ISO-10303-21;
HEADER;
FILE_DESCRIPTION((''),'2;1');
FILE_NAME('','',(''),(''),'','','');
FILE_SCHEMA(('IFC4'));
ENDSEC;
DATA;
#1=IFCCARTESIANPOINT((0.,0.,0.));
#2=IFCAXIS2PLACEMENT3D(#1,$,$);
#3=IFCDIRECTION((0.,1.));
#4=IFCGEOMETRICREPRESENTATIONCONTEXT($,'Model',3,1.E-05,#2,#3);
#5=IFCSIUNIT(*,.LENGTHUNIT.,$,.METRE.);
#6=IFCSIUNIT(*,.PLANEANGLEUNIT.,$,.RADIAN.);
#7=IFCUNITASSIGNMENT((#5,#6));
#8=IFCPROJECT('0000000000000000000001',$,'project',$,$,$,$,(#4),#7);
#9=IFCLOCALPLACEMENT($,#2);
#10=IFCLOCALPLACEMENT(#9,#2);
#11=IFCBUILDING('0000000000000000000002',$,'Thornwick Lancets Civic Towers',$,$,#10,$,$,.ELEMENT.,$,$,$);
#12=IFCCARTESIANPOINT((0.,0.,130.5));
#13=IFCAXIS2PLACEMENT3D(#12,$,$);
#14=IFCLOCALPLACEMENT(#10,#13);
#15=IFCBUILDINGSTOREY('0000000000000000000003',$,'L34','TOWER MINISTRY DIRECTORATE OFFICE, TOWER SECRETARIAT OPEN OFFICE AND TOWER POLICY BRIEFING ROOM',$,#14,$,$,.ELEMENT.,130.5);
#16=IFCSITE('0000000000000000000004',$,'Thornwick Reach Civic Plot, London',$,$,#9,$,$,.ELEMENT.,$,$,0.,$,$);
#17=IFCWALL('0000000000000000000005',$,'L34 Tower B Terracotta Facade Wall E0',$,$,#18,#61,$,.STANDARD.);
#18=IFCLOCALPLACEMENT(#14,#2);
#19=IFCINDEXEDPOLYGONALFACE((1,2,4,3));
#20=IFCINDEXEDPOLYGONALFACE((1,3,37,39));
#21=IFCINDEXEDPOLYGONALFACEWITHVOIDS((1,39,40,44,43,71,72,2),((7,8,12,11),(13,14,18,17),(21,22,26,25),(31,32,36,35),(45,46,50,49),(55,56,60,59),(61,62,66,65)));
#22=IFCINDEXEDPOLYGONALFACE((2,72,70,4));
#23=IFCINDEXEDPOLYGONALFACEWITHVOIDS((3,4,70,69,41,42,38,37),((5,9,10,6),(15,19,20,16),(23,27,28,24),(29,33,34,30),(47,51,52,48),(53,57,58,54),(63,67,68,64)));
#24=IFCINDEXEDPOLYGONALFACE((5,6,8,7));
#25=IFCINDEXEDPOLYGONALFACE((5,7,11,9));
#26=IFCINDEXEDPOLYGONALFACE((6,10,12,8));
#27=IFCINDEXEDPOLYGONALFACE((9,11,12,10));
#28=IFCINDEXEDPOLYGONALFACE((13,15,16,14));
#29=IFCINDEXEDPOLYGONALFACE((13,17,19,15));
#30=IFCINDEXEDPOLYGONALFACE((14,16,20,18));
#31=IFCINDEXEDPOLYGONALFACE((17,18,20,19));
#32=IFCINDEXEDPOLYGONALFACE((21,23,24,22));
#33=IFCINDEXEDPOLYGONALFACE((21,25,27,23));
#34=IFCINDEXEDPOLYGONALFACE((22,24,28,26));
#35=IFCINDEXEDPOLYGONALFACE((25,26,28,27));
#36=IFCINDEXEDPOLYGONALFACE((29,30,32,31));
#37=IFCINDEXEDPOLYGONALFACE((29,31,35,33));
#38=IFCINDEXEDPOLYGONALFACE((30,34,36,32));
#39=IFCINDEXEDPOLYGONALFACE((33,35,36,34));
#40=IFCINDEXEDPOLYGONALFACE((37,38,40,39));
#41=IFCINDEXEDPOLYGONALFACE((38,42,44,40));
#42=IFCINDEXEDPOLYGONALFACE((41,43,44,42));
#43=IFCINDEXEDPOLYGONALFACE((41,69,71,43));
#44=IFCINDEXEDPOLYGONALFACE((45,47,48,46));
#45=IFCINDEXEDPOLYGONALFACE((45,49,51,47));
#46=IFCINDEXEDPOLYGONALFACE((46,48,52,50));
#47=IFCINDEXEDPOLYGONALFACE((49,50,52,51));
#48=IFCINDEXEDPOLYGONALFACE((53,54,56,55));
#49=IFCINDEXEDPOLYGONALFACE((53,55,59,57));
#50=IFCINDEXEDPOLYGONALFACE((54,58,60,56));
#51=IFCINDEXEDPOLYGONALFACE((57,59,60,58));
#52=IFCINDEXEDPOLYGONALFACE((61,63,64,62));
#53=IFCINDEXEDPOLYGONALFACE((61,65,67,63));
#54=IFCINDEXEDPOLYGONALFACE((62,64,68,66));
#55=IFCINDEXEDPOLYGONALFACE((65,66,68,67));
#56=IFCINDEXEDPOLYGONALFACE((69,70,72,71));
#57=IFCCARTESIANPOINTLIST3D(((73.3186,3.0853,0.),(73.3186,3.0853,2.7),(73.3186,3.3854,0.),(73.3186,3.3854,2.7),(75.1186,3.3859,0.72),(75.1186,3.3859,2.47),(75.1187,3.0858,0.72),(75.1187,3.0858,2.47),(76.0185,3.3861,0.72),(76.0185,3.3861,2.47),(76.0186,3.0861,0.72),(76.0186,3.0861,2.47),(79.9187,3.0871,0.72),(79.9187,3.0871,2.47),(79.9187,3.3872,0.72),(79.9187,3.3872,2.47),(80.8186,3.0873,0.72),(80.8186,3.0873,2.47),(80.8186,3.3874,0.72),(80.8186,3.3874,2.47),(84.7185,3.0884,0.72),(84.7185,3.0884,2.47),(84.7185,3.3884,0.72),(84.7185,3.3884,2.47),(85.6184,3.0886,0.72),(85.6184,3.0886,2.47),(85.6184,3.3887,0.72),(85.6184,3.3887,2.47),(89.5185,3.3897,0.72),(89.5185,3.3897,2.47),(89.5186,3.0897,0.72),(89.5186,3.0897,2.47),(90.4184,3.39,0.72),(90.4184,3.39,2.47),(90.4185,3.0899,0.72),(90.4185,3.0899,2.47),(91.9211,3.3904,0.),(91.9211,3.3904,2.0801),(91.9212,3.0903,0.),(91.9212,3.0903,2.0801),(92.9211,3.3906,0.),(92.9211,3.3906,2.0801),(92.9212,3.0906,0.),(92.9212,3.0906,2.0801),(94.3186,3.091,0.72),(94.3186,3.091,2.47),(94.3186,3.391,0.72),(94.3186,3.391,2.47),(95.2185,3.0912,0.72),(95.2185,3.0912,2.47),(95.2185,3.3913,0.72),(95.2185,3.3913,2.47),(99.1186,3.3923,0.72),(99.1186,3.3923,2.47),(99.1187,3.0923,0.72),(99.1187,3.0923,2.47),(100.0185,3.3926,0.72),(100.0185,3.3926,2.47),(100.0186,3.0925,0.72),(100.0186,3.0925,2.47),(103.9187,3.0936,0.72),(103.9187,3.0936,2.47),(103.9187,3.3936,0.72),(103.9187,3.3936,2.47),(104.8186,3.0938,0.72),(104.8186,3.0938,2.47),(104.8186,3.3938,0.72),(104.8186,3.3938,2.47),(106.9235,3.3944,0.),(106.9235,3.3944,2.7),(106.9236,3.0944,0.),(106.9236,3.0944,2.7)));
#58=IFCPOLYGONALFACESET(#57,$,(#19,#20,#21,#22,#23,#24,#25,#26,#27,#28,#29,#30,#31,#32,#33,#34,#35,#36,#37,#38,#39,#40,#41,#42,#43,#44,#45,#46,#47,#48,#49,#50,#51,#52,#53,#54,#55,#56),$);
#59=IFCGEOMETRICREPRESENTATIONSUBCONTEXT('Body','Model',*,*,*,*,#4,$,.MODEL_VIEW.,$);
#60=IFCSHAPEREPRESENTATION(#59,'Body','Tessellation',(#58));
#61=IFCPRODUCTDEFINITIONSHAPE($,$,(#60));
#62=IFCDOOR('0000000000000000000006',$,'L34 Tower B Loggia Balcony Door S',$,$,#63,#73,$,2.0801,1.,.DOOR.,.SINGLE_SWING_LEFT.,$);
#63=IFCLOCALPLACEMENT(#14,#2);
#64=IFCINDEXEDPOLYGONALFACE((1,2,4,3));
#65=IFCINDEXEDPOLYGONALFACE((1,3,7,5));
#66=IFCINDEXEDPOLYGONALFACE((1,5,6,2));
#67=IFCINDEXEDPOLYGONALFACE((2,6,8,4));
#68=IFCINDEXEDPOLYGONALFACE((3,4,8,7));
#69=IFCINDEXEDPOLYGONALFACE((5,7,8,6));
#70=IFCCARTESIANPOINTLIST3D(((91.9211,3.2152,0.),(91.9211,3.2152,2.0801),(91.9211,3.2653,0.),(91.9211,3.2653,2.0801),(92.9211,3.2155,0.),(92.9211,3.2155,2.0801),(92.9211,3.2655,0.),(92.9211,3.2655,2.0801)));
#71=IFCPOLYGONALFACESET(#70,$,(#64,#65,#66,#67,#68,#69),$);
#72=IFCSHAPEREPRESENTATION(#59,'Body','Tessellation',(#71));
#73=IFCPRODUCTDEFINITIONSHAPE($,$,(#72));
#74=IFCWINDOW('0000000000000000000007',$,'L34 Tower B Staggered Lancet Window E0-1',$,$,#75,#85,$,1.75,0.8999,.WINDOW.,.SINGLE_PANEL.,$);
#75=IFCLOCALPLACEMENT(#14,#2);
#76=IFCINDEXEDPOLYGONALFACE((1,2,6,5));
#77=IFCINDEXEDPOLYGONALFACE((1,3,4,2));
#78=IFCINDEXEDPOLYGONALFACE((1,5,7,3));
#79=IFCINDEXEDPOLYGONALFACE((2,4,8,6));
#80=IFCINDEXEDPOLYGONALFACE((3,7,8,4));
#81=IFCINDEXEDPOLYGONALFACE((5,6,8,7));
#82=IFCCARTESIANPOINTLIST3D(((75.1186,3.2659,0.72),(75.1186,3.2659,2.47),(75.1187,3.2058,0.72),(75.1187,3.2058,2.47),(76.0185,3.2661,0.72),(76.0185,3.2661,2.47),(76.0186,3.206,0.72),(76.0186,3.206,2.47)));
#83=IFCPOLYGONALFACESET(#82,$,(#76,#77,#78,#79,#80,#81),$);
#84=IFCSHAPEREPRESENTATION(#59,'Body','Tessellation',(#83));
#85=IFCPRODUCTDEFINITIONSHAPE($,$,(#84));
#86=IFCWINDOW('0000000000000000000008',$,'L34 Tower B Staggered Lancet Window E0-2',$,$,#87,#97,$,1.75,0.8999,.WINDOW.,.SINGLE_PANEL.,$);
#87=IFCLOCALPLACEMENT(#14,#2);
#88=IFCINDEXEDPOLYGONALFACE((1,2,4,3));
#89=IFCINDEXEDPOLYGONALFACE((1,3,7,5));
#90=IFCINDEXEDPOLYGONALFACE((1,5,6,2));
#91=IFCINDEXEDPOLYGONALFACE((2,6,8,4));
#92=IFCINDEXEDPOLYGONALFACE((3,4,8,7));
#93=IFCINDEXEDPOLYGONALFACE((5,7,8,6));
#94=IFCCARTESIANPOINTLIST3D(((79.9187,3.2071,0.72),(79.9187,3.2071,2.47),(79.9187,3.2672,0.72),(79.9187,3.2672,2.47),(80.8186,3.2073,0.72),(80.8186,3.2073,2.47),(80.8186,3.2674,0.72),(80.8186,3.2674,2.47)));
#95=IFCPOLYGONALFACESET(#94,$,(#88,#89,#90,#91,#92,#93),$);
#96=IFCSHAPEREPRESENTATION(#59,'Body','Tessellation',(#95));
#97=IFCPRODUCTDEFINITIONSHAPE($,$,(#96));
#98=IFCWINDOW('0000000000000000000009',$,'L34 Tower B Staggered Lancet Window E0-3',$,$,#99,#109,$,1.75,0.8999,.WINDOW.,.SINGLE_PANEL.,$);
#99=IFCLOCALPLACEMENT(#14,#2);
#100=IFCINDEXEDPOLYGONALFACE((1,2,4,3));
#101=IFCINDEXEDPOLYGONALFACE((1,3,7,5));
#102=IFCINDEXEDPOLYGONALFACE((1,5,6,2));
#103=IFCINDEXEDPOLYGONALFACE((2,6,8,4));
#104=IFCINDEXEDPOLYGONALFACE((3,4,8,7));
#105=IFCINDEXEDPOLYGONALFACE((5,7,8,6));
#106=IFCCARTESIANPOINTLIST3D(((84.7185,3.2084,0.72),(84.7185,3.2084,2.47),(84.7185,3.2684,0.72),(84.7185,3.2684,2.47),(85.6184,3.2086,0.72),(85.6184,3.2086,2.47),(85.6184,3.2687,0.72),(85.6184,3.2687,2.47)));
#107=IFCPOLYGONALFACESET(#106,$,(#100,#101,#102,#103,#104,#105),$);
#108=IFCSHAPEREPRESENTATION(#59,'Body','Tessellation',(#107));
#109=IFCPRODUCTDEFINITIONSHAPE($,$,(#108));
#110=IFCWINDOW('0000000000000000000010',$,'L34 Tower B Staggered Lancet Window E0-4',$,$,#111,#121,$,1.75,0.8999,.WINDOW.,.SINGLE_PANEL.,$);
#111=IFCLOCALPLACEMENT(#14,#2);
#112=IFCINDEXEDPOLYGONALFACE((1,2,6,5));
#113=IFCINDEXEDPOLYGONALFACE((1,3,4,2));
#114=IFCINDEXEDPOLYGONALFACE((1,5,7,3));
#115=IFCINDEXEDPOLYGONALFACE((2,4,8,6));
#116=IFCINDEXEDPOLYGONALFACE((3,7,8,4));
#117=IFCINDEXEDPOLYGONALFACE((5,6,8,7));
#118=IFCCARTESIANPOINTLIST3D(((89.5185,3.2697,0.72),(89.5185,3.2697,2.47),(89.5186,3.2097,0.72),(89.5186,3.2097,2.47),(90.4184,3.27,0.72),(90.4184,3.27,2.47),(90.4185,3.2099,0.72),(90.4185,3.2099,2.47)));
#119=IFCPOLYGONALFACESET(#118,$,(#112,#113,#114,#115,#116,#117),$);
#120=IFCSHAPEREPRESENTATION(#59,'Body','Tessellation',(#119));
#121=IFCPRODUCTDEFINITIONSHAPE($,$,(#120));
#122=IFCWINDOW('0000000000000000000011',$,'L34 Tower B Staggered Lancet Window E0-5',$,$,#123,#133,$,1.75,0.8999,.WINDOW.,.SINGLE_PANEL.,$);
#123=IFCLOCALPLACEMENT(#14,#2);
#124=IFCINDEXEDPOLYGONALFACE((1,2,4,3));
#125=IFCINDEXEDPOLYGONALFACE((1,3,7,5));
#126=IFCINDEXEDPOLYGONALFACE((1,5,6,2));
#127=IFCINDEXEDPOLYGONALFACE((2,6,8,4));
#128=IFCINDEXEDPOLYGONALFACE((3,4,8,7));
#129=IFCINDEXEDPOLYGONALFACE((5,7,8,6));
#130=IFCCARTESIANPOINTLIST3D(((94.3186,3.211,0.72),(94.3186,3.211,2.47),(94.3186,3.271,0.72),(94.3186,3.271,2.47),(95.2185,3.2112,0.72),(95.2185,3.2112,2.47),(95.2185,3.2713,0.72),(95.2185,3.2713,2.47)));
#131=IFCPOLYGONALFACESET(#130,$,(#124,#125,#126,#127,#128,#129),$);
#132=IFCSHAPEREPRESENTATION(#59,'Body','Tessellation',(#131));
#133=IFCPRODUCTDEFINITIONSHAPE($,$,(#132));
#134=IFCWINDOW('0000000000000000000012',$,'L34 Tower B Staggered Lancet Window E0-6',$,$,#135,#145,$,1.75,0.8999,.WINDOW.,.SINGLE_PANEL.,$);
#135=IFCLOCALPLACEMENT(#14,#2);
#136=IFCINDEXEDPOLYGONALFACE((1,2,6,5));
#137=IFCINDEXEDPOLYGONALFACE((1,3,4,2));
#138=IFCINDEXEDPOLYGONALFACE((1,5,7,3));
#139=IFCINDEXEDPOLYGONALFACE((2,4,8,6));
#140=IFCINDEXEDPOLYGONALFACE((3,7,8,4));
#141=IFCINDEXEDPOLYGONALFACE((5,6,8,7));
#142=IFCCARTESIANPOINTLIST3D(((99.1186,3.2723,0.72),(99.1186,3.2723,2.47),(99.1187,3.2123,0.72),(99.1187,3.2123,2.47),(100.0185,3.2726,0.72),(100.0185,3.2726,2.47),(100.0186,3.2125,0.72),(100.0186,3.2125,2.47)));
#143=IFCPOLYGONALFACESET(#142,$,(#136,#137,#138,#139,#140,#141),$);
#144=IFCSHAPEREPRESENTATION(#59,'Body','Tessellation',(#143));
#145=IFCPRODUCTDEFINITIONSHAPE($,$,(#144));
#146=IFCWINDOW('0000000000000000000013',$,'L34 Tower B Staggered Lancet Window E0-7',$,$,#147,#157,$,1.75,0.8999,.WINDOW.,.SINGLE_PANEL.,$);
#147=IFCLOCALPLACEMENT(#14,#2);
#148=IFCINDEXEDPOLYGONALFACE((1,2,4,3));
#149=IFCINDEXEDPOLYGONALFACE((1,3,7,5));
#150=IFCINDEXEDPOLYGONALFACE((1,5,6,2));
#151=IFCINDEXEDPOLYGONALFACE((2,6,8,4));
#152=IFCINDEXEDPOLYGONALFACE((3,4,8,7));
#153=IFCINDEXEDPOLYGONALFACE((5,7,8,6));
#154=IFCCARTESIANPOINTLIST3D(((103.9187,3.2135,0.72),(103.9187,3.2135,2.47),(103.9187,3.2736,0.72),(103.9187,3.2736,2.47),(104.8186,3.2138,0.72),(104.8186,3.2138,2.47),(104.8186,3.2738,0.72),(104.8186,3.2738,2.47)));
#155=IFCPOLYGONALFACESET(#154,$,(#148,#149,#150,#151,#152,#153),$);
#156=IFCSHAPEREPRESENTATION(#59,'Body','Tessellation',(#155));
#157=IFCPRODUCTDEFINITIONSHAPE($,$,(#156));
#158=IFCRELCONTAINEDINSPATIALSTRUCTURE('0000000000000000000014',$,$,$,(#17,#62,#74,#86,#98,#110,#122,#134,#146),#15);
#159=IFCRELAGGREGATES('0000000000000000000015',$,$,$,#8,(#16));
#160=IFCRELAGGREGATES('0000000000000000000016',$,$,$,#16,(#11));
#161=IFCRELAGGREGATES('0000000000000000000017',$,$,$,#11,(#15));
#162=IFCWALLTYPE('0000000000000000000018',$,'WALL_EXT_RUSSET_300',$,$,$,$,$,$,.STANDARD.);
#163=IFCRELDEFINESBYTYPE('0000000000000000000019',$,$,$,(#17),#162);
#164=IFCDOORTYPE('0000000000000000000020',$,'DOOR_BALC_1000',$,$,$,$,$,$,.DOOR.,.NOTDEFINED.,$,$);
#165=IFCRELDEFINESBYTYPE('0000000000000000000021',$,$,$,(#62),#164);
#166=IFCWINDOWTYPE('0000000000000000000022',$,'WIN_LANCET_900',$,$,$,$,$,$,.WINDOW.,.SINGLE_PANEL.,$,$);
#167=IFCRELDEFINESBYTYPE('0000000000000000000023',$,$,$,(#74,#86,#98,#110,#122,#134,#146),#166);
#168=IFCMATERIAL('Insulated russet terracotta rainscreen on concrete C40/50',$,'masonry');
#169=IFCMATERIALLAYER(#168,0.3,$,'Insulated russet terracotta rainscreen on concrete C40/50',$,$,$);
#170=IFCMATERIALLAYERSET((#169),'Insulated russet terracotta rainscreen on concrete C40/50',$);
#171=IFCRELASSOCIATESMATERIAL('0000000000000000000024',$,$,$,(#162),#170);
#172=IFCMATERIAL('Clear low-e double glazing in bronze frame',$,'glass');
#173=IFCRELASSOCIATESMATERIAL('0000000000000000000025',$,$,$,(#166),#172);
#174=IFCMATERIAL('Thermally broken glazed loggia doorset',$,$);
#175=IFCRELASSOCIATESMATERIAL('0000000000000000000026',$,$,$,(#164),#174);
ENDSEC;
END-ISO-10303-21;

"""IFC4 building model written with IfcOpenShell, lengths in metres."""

from ifc_helpers import new_model, si_unit, direction, frame, frame_2d, origin, place, context, subcontext, project, spatial, rectangle, extrude, material, layer, layer_set, type_object, element, fill, save


model = new_model("IFC4")

# Units and contexts
model_context = context("Model", 3, precision=1e-05, world=origin(), true_north=direction((0.0, 1.0)))
body_context = subcontext(model_context, "Body", "Model", "MODEL_VIEW")
ifc_project = project(units=[si_unit("LENGTHUNIT", "METRE"), si_unit("PLANEANGLEUNIT", "RADIAN")], contexts=[model_context])

# Site, building, storey
site_placement = place(None, origin())
site = spatial("IfcSite", under=ifc_project, at=site_placement, Name="Thornwick Reach Civic Plot, London", CompositionType="ELEMENT", RefElevation=0.0)
building_placement = place(site_placement, origin())
building = spatial("IfcBuilding", under=site, at=building_placement, Name="Thornwick Lancets Civic Towers", CompositionType="ELEMENT")
storey_placement = place(building_placement, frame((0.0, 0.0, 130.5)))
storey = spatial("IfcBuildingStorey", under=building, at=storey_placement, Name="L34", Description="TOWER MINISTRY DIRECTORATE OFFICE, TOWER SECRETARIAT OPEN OFFICE AND TOWER POLICY BRIEFING ROOM", CompositionType="ELEMENT", Elevation=130.5)

# Shared definitions
ifc_material_1 = material(Name="Insulated russet terracotta rainscreen on concrete C40/50", Category="masonry")
ifc_layer_1 = layer(ifc_material_1, 0.3, Name="Insulated russet terracotta rainscreen on concrete C40/50")
ifc_layer_set_1 = layer_set([ifc_layer_1], Name="Insulated russet terracotta rainscreen on concrete C40/50")
wall_type_1 = type_object("IfcWallType", Name="WALL_EXT_RUSSET_300", PredefinedType="STANDARD", material=ifc_layer_set_1)
ifc_material_2 = material(Name="Clear low-e double glazing in bronze frame", Category="glass")
window_type = type_object("IfcWindowType", Name="WIN_LANCET_900", PartitioningType="SINGLE_PANEL", PredefinedType="WINDOW", material=ifc_material_2)

# Wall, openings, door, windows
wall_1_placement = place(storey_placement, frame((73.3186, 3.2354, 0.0), z_axis=(0.0, 0.0, 1.0), x_axis=(1.0, 0.000269, 0.0)))
wall_1 = element("IfcWall", 1, at=wall_1_placement, inside=storey, type_object=wall_type_1, Name="L34 Tower B Terracotta Facade Wall E0", PredefinedType="STANDARD", context=body_context, shape_type="SweptSolid", body=[
    extrude(rectangle(XDim=33.605, YDim=0.3, at=frame_2d((16.8025, 0.0))), origin(), (0.0, 0.0, 1.0), 2.7),
])
opening_1_placement = place(wall_1_placement, frame((18.6025, 0.0, 0.0)))
opening_1 = element("IfcOpeningElement", 2, at=opening_1_placement, cuts=wall_1, PredefinedType="OPENING", context=body_context, shape_type="SweptSolid", body=[
    extrude(rectangle(XDim=1.0, YDim=2.0801, at=frame_2d((0.5, 1.04))), frame((0.0, 0.1602, 0.0), z_axis=(0.0, -1.0, 0.0), x_axis=(1.0, 0.0, 0.0)), (0.0, 0.0, 1.0), 0.3201),
])
opening_2_placement = place(wall_1_placement, frame((1.8, 0.0, 0.72)))
opening_2 = element("IfcOpeningElement", 3, at=opening_2_placement, cuts=wall_1, PredefinedType="OPENING", context=body_context, shape_type="SweptSolid", body=[
    extrude(rectangle(XDim=0.8999, YDim=1.75, at=frame_2d((0.45, 0.875))), frame((0.0, 0.1602, 0.0), z_axis=(0.0, -1.0, 0.0), x_axis=(1.0, 0.0, 0.0)), (0.0, 0.0, 1.0), 0.3201),
])
opening_3_placement = place(wall_1_placement, frame((6.6001, 0.0, 0.72)))
opening_3 = element("IfcOpeningElement", 4, at=opening_3_placement, cuts=wall_1, PredefinedType="OPENING", context=body_context, shape_type="SweptSolid", body=[
    extrude(rectangle(XDim=0.8999, YDim=1.75, at=frame_2d((0.45, 0.875))), frame((0.0, 0.1602, 0.0), z_axis=(0.0, -1.0, 0.0), x_axis=(1.0, 0.0, 0.0)), (0.0, 0.0, 1.0), 0.3201),
])
opening_4_placement = place(wall_1_placement, frame((11.3999, 0.0, 0.72)))
opening_4 = element("IfcOpeningElement", 5, at=opening_4_placement, cuts=wall_1, PredefinedType="OPENING", context=body_context, shape_type="SweptSolid", body=[
    extrude(rectangle(XDim=0.8999, YDim=1.75, at=frame_2d((0.45, 0.875))), frame((0.0, 0.1602, 0.0), z_axis=(0.0, -1.0, 0.0), x_axis=(1.0, 0.0, 0.0)), (0.0, 0.0, 1.0), 0.3201),
])
opening_5_placement = place(wall_1_placement, frame((16.2, 0.0, 0.72)))
opening_5 = element("IfcOpeningElement", 6, at=opening_5_placement, cuts=wall_1, PredefinedType="OPENING", context=body_context, shape_type="SweptSolid", body=[
    extrude(rectangle(XDim=0.8999, YDim=1.75, at=frame_2d((0.45, 0.875))), frame((0.0, 0.1602, 0.0), z_axis=(0.0, -1.0, 0.0), x_axis=(1.0, 0.0, 0.0)), (0.0, 0.0, 1.0), 0.3201),
])
opening_6_placement = place(wall_1_placement, frame((21.0, 0.0, 0.72)))
opening_6 = element("IfcOpeningElement", 7, at=opening_6_placement, cuts=wall_1, PredefinedType="OPENING", context=body_context, shape_type="SweptSolid", body=[
    extrude(rectangle(XDim=0.8999, YDim=1.75, at=frame_2d((0.45, 0.875))), frame((0.0, 0.1602, 0.0), z_axis=(0.0, -1.0, 0.0), x_axis=(1.0, 0.0, 0.0)), (0.0, 0.0, 1.0), 0.3201),
])
opening_7_placement = place(wall_1_placement, frame((25.8, 0.0, 0.72)))
opening_7 = element("IfcOpeningElement", 8, at=opening_7_placement, cuts=wall_1, PredefinedType="OPENING", context=body_context, shape_type="SweptSolid", body=[
    extrude(rectangle(XDim=0.8999, YDim=1.75, at=frame_2d((0.45, 0.875))), frame((0.0, 0.1602, 0.0), z_axis=(0.0, -1.0, 0.0), x_axis=(1.0, 0.0, 0.0)), (0.0, 0.0, 1.0), 0.3201),
])
opening_8_placement = place(wall_1_placement, frame((30.6001, 0.0, 0.72)))
opening_8 = element("IfcOpeningElement", 9, at=opening_8_placement, cuts=wall_1, PredefinedType="OPENING", context=body_context, shape_type="SweptSolid", body=[
    extrude(rectangle(XDim=0.8999, YDim=1.75, at=frame_2d((0.45, 0.875))), frame((0.0, 0.1602, 0.0), z_axis=(0.0, -1.0, 0.0), x_axis=(1.0, 0.0, 0.0)), (0.0, 0.0, 1.0), 0.3201),
])
ifc_material_3 = material(Name="Thermally broken glazed loggia doorset")
door_type = type_object("IfcDoorType", Name="DOOR_BALC_1000", OperationType="NOTDEFINED", PredefinedType="DOOR", material=ifc_material_3)
door_placement = place(opening_1_placement, origin())
door = element("IfcDoor", 10, at=door_placement, inside=storey, type_object=door_type, Name="L34 Tower B Loggia Balcony Door S", OperationType="SINGLE_SWING_LEFT", OverallHeight=2.0801, OverallWidth=1.0, PredefinedType="DOOR", context=body_context, shape_type="SweptSolid", body=[
    extrude(rectangle(XDim=1.0, YDim=2.0801, at=frame_2d((0.5, 1.04))), frame((0.0, 0.0249, 0.0), z_axis=(0.0, -1.0, 0.0), x_axis=(1.0, 0.0, 0.0)), (0.0, 0.0, 1.0), 0.05),
])
fill(opening_1, door)
window_1_placement = place(opening_2_placement, origin())
window_1 = element("IfcWindow", 11, at=window_1_placement, inside=storey, type_object=window_type, Name="L34 Tower B Staggered Lancet Window E0-1", OverallHeight=1.75, OverallWidth=0.8999, PartitioningType="SINGLE_PANEL", PredefinedType="WINDOW", context=body_context, shape_type="SweptSolid", body=[
    extrude(rectangle(XDim=0.8999, YDim=1.75, at=frame_2d((0.45, 0.875))), frame((0.0, 0.03, 0.0), z_axis=(0.0, -1.0, 0.0), x_axis=(1.0, 0.0, 0.0)), (0.0, 0.0, 1.0), 0.0601),
])
fill(opening_2, window_1)
window_2_placement = place(opening_3_placement, origin())
window_2 = element("IfcWindow", 12, at=window_2_placement, inside=storey, type_object=window_type, Name="L34 Tower B Staggered Lancet Window E0-2", OverallHeight=1.75, OverallWidth=0.8999, PartitioningType="SINGLE_PANEL", PredefinedType="WINDOW", context=body_context, shape_type="SweptSolid", body=[
    extrude(rectangle(XDim=0.8999, YDim=1.75, at=frame_2d((0.45, 0.875))), frame((0.0, 0.03, 0.0), z_axis=(0.0, -1.0, 0.0), x_axis=(1.0, 0.0, 0.0)), (0.0, 0.0, 1.0), 0.0601),
])
fill(opening_3, window_2)
window_3_placement = place(opening_4_placement, origin())
window_3 = element("IfcWindow", 13, at=window_3_placement, inside=storey, type_object=window_type, Name="L34 Tower B Staggered Lancet Window E0-3", OverallHeight=1.75, OverallWidth=0.8999, PartitioningType="SINGLE_PANEL", PredefinedType="WINDOW", context=body_context, shape_type="SweptSolid", body=[
    extrude(rectangle(XDim=0.8999, YDim=1.75, at=frame_2d((0.45, 0.875))), frame((0.0, 0.03, 0.0), z_axis=(0.0, -1.0, 0.0), x_axis=(1.0, 0.0, 0.0)), (0.0, 0.0, 1.0), 0.0601),
])
fill(opening_4, window_3)
window_4_placement = place(opening_5_placement, origin())
window_4 = element("IfcWindow", 14, at=window_4_placement, inside=storey, type_object=window_type, Name="L34 Tower B Staggered Lancet Window E0-4", OverallHeight=1.75, OverallWidth=0.8999, PartitioningType="SINGLE_PANEL", PredefinedType="WINDOW", context=body_context, shape_type="SweptSolid", body=[
    extrude(rectangle(XDim=0.8999, YDim=1.75, at=frame_2d((0.45, 0.875))), frame((0.0, 0.03, 0.0), z_axis=(0.0, -1.0, 0.0), x_axis=(1.0, 0.0, 0.0)), (0.0, 0.0, 1.0), 0.0601),
])
fill(opening_5, window_4)
window_5_placement = place(opening_6_placement, origin())
window_5 = element("IfcWindow", 15, at=window_5_placement, inside=storey, type_object=window_type, Name="L34 Tower B Staggered Lancet Window E0-5", OverallHeight=1.75, OverallWidth=0.8999, PartitioningType="SINGLE_PANEL", PredefinedType="WINDOW", context=body_context, shape_type="SweptSolid", body=[
    extrude(rectangle(XDim=0.8999, YDim=1.75, at=frame_2d((0.45, 0.875))), frame((0.0, 0.03, 0.0), z_axis=(0.0, -1.0, 0.0), x_axis=(1.0, 0.0, 0.0)), (0.0, 0.0, 1.0), 0.0601),
])
fill(opening_6, window_5)
window_6_placement = place(opening_7_placement, origin())
window_6 = element("IfcWindow", 16, at=window_6_placement, inside=storey, type_object=window_type, Name="L34 Tower B Staggered Lancet Window E0-6", OverallHeight=1.75, OverallWidth=0.8999, PartitioningType="SINGLE_PANEL", PredefinedType="WINDOW", context=body_context, shape_type="SweptSolid", body=[
    extrude(rectangle(XDim=0.8999, YDim=1.75, at=frame_2d((0.45, 0.875))), frame((0.0, 0.03, 0.0), z_axis=(0.0, -1.0, 0.0), x_axis=(1.0, 0.0, 0.0)), (0.0, 0.0, 1.0), 0.0601),
])
fill(opening_7, window_6)
window_7_placement = place(opening_8_placement, origin())
window_7 = element("IfcWindow", 17, at=window_7_placement, inside=storey, type_object=window_type, Name="L34 Tower B Staggered Lancet Window E0-7", OverallHeight=1.75, OverallWidth=0.8999, PartitioningType="SINGLE_PANEL", PredefinedType="WINDOW", context=body_context, shape_type="SweptSolid", body=[
    extrude(rectangle(XDim=0.8999, YDim=1.75, at=frame_2d((0.45, 0.875))), frame((0.0, 0.03, 0.0), z_axis=(0.0, -1.0, 0.0), x_axis=(1.0, 0.0, 0.0)), (0.0, 0.0, 1.0), 0.0601),
])
fill(opening_8, window_7)

save(model, "model.ifc")
